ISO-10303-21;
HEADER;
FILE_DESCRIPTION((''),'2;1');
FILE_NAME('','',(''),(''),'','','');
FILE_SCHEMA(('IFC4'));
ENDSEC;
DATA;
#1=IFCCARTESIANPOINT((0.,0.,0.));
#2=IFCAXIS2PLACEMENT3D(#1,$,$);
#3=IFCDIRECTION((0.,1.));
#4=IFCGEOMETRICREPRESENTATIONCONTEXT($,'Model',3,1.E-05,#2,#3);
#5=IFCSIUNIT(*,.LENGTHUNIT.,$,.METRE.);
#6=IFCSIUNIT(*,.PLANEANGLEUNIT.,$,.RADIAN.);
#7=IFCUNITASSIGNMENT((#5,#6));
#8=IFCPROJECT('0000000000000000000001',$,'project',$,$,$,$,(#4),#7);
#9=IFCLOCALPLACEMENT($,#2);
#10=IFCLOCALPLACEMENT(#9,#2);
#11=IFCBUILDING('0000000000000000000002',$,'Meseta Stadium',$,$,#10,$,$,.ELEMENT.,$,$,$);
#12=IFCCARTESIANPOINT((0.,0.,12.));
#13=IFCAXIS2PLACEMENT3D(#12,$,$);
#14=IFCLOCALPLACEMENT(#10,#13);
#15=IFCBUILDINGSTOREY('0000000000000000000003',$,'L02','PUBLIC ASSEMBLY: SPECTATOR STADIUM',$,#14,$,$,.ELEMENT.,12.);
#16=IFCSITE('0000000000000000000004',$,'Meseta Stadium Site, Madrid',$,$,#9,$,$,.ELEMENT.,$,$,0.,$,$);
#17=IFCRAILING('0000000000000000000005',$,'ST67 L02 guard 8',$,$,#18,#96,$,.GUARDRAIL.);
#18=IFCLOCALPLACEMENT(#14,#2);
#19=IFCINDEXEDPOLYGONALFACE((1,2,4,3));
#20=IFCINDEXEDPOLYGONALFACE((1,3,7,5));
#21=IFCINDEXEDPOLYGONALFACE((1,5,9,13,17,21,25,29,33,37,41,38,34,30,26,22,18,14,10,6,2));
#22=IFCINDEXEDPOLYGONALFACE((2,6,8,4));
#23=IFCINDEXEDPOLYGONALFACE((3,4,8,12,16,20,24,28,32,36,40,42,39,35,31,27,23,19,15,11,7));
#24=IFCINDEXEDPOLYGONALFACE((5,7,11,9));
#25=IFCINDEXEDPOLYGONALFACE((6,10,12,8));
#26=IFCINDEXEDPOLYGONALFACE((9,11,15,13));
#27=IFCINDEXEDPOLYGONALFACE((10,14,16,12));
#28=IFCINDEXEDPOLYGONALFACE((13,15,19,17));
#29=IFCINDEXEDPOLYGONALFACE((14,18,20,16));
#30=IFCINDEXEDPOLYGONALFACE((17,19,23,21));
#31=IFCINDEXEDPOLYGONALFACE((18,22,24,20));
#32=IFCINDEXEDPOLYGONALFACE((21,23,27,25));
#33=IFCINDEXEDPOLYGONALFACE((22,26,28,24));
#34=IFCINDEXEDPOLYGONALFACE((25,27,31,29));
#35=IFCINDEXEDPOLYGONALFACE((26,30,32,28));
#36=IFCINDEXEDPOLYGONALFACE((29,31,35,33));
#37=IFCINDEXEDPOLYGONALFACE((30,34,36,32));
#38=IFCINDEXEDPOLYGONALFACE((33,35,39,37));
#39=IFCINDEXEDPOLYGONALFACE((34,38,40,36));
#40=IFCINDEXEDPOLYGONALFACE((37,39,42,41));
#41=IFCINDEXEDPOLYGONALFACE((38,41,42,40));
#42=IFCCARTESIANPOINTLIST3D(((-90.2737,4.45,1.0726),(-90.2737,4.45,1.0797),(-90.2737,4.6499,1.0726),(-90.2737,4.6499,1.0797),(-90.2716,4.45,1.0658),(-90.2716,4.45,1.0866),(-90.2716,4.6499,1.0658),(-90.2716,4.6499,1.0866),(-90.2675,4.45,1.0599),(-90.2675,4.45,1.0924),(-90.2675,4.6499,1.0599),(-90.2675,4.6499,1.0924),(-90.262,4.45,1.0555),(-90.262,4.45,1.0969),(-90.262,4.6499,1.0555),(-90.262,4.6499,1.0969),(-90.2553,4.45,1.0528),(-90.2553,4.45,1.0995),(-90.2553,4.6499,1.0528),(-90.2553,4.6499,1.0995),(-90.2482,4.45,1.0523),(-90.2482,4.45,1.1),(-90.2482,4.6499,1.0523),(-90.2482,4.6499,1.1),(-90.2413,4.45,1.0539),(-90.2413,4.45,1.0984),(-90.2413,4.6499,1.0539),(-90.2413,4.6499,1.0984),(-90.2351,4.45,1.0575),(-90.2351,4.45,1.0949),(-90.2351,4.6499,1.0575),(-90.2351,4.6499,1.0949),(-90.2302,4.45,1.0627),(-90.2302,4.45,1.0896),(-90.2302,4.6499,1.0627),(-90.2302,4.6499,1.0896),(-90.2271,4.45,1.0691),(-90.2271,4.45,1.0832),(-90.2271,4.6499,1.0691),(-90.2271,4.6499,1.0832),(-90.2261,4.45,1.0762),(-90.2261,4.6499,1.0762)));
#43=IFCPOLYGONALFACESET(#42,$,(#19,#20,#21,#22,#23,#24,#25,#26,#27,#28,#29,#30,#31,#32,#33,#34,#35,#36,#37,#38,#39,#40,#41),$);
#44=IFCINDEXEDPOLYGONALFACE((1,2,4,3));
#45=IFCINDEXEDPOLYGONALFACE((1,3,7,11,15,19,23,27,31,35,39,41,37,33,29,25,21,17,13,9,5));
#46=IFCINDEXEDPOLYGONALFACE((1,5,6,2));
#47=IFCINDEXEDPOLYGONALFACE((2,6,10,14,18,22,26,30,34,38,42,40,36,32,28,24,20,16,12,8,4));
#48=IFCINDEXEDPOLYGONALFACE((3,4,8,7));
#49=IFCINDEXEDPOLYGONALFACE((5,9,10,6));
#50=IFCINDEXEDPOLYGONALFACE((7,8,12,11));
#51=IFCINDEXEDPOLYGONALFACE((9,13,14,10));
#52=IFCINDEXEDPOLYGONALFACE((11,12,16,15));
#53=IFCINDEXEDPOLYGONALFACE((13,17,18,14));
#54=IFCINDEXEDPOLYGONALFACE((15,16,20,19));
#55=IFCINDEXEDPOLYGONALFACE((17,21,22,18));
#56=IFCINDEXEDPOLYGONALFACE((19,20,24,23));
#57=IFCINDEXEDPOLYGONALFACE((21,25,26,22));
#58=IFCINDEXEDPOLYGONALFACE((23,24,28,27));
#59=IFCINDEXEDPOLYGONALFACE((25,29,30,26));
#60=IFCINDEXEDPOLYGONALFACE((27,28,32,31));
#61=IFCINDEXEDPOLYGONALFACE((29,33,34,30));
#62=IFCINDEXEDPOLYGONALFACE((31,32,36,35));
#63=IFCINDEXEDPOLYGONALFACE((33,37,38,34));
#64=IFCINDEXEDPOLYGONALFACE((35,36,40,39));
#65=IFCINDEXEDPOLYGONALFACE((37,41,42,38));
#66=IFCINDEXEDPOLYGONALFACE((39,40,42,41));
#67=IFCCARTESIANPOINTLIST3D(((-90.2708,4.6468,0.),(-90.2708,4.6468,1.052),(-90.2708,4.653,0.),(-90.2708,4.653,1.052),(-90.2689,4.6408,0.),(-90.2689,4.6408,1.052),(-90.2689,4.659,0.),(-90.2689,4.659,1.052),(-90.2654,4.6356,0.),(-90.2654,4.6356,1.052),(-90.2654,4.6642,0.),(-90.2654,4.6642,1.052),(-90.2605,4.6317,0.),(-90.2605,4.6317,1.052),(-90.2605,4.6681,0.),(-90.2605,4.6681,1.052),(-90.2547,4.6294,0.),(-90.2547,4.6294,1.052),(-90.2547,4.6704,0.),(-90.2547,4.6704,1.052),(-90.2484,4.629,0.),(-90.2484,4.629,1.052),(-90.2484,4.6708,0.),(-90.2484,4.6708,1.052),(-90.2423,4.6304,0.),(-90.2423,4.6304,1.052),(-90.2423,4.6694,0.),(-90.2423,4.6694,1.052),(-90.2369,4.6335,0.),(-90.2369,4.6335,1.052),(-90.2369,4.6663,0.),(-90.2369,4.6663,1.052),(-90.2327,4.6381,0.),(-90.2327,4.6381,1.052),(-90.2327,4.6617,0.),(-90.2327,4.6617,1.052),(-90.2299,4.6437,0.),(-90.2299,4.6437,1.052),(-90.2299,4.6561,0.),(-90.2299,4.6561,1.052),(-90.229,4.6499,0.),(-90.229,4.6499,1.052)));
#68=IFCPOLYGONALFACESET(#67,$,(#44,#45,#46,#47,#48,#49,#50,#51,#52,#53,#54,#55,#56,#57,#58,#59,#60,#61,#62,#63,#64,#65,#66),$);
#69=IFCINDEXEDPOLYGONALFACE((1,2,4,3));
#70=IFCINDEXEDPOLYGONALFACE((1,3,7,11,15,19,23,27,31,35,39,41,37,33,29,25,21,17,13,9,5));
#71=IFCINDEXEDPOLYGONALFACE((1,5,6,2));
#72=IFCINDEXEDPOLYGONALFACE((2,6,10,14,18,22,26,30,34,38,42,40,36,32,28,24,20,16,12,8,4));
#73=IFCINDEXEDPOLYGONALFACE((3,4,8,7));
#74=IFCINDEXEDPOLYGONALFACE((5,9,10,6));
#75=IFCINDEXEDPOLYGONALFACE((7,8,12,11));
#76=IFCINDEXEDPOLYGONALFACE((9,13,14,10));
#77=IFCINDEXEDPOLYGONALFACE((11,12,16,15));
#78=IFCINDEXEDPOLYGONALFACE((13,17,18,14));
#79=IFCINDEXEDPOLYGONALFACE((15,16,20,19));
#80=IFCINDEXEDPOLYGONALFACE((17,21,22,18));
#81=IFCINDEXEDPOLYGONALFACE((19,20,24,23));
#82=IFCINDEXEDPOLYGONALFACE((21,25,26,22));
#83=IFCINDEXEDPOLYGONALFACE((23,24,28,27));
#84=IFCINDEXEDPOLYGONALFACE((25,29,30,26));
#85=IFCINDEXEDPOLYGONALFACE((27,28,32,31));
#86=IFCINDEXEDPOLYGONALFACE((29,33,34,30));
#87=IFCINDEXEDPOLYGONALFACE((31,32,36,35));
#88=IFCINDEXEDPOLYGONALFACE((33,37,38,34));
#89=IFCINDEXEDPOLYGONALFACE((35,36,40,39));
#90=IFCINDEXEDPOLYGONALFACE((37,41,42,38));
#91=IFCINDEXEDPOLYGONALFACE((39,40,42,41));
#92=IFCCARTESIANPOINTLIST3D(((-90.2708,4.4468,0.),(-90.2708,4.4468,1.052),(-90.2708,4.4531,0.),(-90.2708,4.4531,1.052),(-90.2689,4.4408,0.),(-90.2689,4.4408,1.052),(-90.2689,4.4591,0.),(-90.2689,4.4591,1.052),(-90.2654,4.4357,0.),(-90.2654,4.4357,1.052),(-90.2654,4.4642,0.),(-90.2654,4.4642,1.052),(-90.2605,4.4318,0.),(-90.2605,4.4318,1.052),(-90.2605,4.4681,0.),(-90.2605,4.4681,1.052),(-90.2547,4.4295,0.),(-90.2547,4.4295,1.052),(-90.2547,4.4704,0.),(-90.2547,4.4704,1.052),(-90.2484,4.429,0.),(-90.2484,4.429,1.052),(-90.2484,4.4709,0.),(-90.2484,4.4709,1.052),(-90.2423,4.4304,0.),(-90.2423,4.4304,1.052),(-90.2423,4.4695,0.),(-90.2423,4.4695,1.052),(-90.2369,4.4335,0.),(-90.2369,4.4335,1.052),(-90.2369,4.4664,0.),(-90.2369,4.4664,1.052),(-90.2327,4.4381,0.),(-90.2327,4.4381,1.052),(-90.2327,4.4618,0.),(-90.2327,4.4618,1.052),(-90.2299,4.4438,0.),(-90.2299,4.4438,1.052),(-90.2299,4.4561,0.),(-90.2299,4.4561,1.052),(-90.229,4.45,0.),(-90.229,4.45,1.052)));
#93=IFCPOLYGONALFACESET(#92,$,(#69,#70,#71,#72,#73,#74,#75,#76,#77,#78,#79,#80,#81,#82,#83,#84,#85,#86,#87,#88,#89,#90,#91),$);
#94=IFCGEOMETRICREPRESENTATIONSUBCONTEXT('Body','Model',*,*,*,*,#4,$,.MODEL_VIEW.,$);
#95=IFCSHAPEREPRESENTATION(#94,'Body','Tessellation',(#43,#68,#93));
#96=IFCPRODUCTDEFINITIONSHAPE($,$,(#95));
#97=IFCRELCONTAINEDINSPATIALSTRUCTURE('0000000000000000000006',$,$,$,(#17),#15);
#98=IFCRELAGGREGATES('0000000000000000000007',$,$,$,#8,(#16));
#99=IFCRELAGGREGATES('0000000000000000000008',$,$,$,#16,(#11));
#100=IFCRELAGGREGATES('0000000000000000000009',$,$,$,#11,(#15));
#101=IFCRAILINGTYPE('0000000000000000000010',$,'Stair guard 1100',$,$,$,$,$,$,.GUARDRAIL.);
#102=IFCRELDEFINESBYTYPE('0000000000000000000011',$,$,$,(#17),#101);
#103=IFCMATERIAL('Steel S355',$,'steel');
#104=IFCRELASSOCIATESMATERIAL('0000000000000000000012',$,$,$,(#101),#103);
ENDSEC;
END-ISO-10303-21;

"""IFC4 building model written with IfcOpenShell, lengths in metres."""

from ifc_helpers import new_model, si_unit, direction, frame, origin, origin_2d, place, context, subcontext, project, spatial, circle, extrude, material, type_object, element, save


model = new_model("IFC4")

# Units and contexts
model_context = context("Model", 3, precision=1e-05, world=origin(), true_north=direction((0.0, 1.0)))
body_context = subcontext(model_context, "Body", "Model", "MODEL_VIEW")
ifc_project = project(units=[si_unit("LENGTHUNIT", "METRE"), si_unit("PLANEANGLEUNIT", "RADIAN")], contexts=[model_context])

# Site, building, storey
site_placement = place(None, origin())
site = spatial("IfcSite", under=ifc_project, at=site_placement, Name="Meseta Stadium Site, Madrid", CompositionType="ELEMENT", RefElevation=0.0)
building_placement = place(site_placement, origin())
building = spatial("IfcBuilding", under=site, at=building_placement, Name="Meseta Stadium", CompositionType="ELEMENT")
storey_placement = place(building_placement, frame((0.0, 0.0, 12.0)))
storey = spatial("IfcBuildingStorey", under=building, at=storey_placement, Name="L02", Description="PUBLIC ASSEMBLY: SPECTATOR STADIUM", CompositionType="ELEMENT", Elevation=12.0)

# Railing
ifc_material_1 = material(Name="Steel S355", Category="steel")
railing_type_1 = type_object("IfcRailingType", Name="Stair guard 1100", PredefinedType="GUARDRAIL", material=ifc_material_1)
railing_1_placement = place(storey_placement, frame((-90.25, 4.6499, 0.0)))
element("IfcRailing", 1, at=railing_1_placement, inside=storey, type_object=railing_type_1, Name="ST67 L02 guard 8", PredefinedType="GUARDRAIL", context=body_context, shape_type="SweptSolid", body=[
    extrude(circle(Radius=0.0239, at=origin_2d()), frame((0.0, 0.0, 1.0762), z_axis=(0.0, -1.0, 0.0), x_axis=(1.0, 0.0, 0.0)), (0.0, 0.0, 1.0), 0.2),
    extrude(circle(Radius=0.021, at=origin_2d()), origin(), (0.0, 0.0, 1.0), 1.052),
    extrude(circle(Radius=0.021, at=origin_2d()), frame((0.0, -0.2, 0.0)), (0.0, 0.0, 1.0), 1.052),
])

save(model, "model.ifc")
